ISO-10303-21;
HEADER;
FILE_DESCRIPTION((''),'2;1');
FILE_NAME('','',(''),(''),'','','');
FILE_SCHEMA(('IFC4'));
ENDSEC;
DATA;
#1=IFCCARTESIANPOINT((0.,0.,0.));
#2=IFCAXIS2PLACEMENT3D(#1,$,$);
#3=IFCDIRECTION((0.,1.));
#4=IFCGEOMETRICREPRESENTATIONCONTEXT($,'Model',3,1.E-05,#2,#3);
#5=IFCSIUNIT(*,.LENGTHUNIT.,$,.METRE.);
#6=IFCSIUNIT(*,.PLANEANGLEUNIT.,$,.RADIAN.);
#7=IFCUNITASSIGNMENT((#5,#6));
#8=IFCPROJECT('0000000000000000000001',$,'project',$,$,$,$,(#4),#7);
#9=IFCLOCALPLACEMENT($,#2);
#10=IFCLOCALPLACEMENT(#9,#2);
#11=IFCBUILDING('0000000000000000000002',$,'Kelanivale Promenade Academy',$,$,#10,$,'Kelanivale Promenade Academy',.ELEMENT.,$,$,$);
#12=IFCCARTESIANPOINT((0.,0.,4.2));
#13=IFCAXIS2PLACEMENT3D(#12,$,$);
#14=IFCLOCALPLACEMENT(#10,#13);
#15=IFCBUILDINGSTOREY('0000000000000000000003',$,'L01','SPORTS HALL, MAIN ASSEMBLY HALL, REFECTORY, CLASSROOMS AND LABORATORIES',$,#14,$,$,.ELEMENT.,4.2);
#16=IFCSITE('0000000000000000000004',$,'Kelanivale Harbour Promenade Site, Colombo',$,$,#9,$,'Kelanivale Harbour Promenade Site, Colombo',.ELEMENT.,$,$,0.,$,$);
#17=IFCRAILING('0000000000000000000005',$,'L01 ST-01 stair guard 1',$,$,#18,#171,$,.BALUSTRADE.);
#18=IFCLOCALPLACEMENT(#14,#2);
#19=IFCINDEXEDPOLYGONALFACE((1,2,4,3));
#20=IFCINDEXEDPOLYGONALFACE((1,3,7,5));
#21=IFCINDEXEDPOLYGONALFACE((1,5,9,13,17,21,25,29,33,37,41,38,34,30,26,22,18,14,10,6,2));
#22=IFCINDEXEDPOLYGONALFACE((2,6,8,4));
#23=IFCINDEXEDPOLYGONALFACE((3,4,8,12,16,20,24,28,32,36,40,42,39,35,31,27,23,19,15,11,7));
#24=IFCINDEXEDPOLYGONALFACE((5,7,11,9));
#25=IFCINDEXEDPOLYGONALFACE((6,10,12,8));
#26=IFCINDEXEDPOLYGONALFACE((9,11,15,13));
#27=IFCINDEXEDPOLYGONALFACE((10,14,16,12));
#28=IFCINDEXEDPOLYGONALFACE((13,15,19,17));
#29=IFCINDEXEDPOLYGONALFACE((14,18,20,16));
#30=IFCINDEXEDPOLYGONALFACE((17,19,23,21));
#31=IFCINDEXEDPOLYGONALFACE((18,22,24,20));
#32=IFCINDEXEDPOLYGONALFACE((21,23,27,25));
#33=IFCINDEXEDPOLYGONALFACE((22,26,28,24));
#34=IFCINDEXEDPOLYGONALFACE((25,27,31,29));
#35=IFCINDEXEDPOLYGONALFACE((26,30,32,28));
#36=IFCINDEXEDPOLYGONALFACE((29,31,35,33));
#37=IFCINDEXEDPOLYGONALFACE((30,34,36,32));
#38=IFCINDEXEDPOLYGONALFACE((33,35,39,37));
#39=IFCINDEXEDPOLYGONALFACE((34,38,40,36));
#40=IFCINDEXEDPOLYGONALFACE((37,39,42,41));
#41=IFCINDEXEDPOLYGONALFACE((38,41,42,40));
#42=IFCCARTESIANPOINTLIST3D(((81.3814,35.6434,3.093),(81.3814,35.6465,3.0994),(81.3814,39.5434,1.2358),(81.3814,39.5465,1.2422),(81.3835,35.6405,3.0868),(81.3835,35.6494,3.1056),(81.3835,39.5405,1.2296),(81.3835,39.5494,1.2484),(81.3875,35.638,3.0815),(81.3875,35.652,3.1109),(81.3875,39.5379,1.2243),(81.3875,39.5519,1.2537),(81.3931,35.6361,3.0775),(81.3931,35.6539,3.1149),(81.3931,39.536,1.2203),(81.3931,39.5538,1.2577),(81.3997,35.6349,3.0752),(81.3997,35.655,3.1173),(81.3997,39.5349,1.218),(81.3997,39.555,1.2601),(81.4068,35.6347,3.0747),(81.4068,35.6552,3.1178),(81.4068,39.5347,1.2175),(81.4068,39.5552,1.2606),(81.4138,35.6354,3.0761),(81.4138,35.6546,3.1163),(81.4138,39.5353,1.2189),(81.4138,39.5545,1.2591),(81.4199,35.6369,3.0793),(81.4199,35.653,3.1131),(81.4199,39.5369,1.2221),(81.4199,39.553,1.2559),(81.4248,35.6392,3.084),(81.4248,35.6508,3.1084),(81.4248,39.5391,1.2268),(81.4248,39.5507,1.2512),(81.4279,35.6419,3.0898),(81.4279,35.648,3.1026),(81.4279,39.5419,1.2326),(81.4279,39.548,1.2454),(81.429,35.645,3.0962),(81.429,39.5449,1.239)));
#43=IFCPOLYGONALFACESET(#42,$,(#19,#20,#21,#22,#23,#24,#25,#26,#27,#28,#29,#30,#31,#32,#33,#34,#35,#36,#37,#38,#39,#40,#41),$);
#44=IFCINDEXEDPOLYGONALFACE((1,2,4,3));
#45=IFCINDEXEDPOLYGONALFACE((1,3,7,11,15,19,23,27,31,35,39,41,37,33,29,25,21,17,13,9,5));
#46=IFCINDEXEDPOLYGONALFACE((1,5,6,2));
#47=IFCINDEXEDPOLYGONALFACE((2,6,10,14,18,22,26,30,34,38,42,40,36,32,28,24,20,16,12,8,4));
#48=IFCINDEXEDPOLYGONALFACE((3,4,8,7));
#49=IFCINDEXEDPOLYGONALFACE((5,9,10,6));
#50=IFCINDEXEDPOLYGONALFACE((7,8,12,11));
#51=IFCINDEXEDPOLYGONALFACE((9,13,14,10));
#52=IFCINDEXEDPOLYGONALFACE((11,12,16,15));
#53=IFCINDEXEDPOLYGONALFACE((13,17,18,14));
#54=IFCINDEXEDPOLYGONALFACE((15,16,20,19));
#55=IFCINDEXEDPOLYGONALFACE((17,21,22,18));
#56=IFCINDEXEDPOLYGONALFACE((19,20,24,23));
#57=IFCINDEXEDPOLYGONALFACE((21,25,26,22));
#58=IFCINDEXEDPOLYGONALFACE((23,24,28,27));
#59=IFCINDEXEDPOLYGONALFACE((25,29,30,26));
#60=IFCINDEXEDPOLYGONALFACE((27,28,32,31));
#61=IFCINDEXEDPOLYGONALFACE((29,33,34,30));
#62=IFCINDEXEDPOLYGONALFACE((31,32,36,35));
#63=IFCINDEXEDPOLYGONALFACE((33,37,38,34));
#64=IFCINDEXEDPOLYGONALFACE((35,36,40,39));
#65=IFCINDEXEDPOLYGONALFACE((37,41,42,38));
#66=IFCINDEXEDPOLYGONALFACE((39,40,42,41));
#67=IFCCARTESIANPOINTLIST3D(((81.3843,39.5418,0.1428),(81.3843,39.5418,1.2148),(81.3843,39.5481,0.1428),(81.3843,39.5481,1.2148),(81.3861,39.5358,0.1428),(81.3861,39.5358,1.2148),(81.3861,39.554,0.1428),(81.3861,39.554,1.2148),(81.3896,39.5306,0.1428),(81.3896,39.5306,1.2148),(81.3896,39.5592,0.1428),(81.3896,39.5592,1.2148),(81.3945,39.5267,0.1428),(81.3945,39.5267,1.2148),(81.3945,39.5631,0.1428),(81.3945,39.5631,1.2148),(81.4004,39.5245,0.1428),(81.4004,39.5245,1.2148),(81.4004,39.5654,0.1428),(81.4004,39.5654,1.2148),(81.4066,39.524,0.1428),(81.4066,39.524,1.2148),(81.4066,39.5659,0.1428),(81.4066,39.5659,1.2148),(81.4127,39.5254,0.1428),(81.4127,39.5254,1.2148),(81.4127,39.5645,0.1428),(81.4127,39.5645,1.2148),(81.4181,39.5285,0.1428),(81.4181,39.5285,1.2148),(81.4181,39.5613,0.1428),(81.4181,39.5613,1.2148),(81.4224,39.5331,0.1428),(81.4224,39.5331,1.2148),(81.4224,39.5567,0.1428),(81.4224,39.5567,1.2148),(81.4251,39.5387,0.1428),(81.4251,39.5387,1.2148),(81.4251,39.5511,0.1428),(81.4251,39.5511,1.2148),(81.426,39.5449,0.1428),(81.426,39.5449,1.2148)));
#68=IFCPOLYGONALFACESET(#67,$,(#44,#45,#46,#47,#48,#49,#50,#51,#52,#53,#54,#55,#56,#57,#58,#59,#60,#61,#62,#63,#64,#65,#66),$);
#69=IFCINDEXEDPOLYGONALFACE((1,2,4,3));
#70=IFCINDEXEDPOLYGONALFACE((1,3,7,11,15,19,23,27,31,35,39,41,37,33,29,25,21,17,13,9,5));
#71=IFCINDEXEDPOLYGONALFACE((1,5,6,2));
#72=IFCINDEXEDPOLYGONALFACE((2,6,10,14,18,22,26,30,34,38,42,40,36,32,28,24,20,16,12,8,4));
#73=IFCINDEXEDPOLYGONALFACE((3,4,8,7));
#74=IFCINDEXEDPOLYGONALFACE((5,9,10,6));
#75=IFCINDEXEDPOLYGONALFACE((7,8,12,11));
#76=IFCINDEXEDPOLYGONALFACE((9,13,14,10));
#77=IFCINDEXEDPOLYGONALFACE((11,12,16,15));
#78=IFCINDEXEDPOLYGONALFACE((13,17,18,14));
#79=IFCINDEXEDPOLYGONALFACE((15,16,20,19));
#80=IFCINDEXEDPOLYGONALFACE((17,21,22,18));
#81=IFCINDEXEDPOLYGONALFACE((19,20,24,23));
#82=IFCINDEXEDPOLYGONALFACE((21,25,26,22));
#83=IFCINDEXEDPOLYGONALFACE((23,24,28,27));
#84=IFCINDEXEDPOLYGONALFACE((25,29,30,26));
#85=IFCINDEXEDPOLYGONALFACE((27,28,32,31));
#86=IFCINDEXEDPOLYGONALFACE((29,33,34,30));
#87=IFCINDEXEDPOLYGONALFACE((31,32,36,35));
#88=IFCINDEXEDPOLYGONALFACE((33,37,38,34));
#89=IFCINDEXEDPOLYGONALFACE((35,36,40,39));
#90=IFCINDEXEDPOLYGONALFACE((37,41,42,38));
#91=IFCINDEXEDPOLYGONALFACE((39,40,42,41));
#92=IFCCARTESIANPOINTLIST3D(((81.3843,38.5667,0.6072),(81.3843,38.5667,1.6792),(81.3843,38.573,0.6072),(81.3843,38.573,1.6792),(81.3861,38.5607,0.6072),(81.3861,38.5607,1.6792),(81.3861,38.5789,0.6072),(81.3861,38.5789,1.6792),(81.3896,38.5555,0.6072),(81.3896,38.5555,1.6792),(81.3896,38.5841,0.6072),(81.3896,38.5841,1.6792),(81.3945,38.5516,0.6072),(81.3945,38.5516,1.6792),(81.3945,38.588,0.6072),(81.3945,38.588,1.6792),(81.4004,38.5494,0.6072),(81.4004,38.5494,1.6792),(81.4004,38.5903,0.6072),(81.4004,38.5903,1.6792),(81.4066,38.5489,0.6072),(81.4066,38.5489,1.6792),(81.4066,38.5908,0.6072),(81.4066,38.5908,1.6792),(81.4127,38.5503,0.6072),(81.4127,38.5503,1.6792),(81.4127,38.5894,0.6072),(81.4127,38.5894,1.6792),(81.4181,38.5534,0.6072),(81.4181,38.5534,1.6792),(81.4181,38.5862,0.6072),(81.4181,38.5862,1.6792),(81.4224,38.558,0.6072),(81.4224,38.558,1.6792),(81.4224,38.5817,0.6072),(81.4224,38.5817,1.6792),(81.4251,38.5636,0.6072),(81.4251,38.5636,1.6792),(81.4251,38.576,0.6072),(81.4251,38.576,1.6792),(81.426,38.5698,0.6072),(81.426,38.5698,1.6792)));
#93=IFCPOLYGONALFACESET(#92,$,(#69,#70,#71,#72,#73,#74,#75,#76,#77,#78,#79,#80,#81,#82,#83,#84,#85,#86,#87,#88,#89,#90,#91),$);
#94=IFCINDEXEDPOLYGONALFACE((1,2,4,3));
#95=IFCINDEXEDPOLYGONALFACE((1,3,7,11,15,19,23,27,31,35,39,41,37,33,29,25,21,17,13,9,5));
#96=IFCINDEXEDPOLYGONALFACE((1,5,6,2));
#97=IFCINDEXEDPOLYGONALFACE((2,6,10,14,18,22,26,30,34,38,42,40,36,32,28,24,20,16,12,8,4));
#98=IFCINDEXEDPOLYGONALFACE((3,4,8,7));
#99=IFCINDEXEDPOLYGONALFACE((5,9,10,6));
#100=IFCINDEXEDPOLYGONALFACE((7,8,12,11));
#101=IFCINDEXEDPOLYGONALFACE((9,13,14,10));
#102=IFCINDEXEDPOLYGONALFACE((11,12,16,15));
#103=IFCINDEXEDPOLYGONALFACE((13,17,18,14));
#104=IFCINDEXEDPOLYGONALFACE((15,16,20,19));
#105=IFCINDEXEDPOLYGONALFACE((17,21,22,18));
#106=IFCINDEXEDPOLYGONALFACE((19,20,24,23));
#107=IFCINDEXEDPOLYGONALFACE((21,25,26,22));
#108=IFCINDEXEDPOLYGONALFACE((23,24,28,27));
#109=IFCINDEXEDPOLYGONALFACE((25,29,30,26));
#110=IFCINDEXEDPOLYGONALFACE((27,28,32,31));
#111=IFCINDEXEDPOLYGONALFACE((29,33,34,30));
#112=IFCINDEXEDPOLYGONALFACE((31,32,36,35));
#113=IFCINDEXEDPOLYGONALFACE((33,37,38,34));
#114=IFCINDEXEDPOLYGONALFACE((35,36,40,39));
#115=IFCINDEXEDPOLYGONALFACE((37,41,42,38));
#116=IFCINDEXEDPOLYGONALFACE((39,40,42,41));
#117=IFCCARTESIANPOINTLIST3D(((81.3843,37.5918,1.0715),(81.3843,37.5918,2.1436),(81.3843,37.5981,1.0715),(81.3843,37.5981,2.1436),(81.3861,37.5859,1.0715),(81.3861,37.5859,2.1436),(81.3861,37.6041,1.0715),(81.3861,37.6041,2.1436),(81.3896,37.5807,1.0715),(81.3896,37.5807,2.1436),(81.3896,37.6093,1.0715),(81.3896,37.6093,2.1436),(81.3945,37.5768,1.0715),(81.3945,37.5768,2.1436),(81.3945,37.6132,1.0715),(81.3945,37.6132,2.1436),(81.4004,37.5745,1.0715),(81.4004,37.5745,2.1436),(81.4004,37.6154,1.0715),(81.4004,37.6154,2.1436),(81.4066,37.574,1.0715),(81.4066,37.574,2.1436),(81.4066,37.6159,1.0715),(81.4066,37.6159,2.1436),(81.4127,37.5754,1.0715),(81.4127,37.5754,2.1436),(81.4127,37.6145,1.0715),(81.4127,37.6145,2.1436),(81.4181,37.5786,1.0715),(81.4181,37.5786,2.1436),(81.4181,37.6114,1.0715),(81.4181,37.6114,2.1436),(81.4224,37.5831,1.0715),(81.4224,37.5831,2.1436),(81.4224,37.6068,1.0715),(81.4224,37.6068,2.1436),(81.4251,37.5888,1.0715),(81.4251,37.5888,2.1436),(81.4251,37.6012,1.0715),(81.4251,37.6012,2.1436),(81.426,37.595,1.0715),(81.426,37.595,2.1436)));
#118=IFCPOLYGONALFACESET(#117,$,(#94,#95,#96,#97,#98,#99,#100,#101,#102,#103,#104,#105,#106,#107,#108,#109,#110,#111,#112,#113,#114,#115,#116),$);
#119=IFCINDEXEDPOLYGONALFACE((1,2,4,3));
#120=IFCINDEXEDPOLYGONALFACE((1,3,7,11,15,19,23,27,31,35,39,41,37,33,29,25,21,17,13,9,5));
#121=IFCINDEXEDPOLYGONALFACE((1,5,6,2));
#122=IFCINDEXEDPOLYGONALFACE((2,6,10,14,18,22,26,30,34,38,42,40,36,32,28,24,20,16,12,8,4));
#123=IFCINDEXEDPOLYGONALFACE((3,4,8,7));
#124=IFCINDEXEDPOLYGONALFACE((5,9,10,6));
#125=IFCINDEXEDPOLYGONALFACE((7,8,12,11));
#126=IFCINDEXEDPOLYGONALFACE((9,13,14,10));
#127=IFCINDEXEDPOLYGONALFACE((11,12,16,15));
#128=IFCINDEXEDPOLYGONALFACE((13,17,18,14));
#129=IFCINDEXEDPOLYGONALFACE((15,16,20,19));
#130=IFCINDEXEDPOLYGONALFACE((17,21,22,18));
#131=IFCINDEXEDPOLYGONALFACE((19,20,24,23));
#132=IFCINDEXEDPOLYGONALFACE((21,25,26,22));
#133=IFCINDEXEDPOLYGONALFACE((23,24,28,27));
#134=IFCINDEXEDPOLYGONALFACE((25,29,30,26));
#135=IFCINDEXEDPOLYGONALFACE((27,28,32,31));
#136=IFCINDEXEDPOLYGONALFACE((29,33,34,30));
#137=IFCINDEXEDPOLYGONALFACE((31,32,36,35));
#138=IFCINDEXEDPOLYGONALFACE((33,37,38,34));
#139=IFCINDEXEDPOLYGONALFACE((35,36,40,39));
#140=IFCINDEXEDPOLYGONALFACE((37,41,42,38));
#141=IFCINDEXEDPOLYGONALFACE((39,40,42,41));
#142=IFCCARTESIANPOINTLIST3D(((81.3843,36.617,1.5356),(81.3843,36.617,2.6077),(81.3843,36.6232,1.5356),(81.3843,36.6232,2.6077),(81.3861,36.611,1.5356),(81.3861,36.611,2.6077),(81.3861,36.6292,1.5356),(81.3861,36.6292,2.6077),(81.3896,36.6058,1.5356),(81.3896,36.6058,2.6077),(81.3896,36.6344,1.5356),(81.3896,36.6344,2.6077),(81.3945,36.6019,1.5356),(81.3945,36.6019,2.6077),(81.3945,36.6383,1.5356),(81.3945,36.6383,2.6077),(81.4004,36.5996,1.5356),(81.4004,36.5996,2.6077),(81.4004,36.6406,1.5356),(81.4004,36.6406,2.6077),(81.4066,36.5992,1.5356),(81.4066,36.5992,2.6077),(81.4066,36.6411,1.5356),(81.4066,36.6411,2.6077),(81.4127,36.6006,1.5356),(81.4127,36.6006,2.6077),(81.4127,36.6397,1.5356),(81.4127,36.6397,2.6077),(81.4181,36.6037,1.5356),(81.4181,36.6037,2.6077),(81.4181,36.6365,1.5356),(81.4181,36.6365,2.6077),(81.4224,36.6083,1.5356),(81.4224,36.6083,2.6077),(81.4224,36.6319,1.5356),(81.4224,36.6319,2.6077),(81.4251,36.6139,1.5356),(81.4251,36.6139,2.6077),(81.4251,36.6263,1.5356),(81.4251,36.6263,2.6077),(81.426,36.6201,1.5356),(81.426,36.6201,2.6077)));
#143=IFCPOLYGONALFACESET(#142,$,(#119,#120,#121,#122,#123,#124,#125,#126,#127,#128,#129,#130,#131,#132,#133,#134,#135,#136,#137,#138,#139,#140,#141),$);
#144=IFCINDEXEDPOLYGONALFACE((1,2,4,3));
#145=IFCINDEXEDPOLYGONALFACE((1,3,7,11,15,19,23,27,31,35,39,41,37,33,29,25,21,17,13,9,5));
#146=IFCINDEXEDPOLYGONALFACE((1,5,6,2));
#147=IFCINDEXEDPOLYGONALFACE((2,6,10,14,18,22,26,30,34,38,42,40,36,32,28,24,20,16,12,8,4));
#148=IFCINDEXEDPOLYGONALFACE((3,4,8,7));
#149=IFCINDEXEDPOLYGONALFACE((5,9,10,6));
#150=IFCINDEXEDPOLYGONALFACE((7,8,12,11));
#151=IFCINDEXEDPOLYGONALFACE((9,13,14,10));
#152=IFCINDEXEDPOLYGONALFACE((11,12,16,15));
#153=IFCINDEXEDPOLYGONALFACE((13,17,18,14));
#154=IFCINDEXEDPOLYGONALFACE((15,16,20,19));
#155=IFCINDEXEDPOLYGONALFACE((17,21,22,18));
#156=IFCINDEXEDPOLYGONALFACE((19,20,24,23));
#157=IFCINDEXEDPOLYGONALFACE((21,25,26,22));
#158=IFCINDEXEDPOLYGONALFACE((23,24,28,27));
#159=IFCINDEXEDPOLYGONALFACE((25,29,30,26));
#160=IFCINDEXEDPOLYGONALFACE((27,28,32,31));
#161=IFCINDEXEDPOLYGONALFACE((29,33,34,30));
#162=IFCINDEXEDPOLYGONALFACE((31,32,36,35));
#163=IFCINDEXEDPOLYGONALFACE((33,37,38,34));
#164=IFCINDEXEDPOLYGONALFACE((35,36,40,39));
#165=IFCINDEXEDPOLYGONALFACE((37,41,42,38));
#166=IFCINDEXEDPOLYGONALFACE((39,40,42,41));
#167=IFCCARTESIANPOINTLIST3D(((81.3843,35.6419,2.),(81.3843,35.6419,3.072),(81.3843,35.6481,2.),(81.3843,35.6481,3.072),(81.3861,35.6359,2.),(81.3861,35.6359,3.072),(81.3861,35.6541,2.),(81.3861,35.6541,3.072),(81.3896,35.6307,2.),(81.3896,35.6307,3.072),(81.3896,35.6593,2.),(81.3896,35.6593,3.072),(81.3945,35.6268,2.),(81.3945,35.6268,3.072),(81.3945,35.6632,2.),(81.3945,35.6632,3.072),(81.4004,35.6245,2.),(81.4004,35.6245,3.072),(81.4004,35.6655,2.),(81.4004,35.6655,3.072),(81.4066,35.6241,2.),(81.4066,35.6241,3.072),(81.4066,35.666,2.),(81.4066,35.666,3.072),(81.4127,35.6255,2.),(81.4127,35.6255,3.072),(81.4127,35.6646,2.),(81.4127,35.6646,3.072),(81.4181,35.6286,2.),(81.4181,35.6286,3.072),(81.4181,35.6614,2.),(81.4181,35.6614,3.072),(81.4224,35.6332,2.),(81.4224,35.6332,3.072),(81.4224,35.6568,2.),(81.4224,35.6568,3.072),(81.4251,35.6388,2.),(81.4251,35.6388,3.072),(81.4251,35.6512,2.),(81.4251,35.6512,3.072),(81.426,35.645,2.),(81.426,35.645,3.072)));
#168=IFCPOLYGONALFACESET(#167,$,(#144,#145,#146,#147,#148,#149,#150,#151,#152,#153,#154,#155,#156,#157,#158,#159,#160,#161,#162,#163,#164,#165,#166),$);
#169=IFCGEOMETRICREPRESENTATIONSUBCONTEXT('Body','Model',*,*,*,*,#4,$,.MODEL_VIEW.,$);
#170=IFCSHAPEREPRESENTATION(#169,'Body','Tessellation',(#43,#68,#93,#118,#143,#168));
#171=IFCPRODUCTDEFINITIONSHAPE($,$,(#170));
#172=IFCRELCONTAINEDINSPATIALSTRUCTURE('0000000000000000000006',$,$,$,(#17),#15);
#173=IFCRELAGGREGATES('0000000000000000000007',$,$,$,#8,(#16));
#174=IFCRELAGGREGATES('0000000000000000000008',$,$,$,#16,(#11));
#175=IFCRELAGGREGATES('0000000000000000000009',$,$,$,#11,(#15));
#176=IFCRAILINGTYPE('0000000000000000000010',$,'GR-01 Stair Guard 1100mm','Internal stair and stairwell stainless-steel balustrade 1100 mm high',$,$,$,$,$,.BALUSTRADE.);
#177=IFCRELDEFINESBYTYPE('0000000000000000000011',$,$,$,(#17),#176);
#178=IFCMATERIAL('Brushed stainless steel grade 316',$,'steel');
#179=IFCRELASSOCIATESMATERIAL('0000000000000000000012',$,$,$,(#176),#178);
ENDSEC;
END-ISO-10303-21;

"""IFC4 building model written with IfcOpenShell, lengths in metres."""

from ifc_helpers import new_model, si_unit, direction, frame, origin, origin_2d, place, context, subcontext, project, spatial, circle, extrude, material, type_object, element, save


model = new_model("IFC4")

# Units and contexts
model_context = context("Model", 3, precision=1e-05, world=origin(), true_north=direction((0.0, 1.0)))
body_context = subcontext(model_context, "Body", "Model", "MODEL_VIEW")
ifc_project = project(units=[si_unit("LENGTHUNIT", "METRE"), si_unit("PLANEANGLEUNIT", "RADIAN")], contexts=[model_context])

# Site, building, storey
site_placement = place(None, origin())
site = spatial("IfcSite", under=ifc_project, at=site_placement, Name="Kelanivale Harbour Promenade Site, Colombo", LongName="Kelanivale Harbour Promenade Site, Colombo", CompositionType="ELEMENT", RefElevation=0.0)
building_placement = place(site_placement, origin())
building = spatial("IfcBuilding", under=site, at=building_placement, Name="Kelanivale Promenade Academy", LongName="Kelanivale Promenade Academy", CompositionType="ELEMENT")
storey_placement = place(building_placement, frame((0.0, 0.0, 4.2)))
storey = spatial("IfcBuildingStorey", under=building, at=storey_placement, Name="L01", Description="SPORTS HALL, MAIN ASSEMBLY HALL, REFECTORY, CLASSROOMS AND LABORATORIES", CompositionType="ELEMENT", Elevation=4.2)

# Railing
ifc_material_1 = material(Name="Brushed stainless steel grade 316", Category="steel")
railing_type_1 = type_object("IfcRailingType", Name="GR-01 Stair Guard 1100mm", Description="Internal stair and stairwell stainless-steel balustrade 1100 mm high", PredefinedType="BALUSTRADE", material=ifc_material_1)
railing_1_placement = place(storey_placement, frame((81.405, 39.5449, 0.1428)))
element("IfcRailing", 1, at=railing_1_placement, inside=storey, type_object=railing_type_1, Name="L01 ST-01 stair guard 1", PredefinedType="BALUSTRADE", context=body_context, shape_type="SweptSolid", body=[
    extrude(circle(Radius=0.0239, at=origin_2d()), frame((0.0, 0.0, 1.0962), z_axis=(0.0, -0.902853, 0.429949), x_axis=(1.0, 0.0, 0.0)), (0.0, 0.0, 1.0), 4.3196),
    extrude(circle(Radius=0.021, at=origin_2d()), origin(), (0.0, 0.0, 1.0), 1.072),
    extrude(circle(Radius=0.021, at=origin_2d()), frame((0.0, -0.9751, 0.4644)), (0.0, 0.0, 1.0), 1.072),
    extrude(circle(Radius=0.021, at=origin_2d()), frame((0.0, -1.95, 0.9287)), (0.0, 0.0, 1.0), 1.072),
    extrude(circle(Radius=0.021, at=origin_2d()), frame((0.0, -2.9248, 1.3928)), (0.0, 0.0, 1.0), 1.072),
    extrude(circle(Radius=0.021, at=origin_2d()), frame((0.0, -3.8999, 1.8572)), (0.0, 0.0, 1.0), 1.072),
])

save(model, "model.ifc")
